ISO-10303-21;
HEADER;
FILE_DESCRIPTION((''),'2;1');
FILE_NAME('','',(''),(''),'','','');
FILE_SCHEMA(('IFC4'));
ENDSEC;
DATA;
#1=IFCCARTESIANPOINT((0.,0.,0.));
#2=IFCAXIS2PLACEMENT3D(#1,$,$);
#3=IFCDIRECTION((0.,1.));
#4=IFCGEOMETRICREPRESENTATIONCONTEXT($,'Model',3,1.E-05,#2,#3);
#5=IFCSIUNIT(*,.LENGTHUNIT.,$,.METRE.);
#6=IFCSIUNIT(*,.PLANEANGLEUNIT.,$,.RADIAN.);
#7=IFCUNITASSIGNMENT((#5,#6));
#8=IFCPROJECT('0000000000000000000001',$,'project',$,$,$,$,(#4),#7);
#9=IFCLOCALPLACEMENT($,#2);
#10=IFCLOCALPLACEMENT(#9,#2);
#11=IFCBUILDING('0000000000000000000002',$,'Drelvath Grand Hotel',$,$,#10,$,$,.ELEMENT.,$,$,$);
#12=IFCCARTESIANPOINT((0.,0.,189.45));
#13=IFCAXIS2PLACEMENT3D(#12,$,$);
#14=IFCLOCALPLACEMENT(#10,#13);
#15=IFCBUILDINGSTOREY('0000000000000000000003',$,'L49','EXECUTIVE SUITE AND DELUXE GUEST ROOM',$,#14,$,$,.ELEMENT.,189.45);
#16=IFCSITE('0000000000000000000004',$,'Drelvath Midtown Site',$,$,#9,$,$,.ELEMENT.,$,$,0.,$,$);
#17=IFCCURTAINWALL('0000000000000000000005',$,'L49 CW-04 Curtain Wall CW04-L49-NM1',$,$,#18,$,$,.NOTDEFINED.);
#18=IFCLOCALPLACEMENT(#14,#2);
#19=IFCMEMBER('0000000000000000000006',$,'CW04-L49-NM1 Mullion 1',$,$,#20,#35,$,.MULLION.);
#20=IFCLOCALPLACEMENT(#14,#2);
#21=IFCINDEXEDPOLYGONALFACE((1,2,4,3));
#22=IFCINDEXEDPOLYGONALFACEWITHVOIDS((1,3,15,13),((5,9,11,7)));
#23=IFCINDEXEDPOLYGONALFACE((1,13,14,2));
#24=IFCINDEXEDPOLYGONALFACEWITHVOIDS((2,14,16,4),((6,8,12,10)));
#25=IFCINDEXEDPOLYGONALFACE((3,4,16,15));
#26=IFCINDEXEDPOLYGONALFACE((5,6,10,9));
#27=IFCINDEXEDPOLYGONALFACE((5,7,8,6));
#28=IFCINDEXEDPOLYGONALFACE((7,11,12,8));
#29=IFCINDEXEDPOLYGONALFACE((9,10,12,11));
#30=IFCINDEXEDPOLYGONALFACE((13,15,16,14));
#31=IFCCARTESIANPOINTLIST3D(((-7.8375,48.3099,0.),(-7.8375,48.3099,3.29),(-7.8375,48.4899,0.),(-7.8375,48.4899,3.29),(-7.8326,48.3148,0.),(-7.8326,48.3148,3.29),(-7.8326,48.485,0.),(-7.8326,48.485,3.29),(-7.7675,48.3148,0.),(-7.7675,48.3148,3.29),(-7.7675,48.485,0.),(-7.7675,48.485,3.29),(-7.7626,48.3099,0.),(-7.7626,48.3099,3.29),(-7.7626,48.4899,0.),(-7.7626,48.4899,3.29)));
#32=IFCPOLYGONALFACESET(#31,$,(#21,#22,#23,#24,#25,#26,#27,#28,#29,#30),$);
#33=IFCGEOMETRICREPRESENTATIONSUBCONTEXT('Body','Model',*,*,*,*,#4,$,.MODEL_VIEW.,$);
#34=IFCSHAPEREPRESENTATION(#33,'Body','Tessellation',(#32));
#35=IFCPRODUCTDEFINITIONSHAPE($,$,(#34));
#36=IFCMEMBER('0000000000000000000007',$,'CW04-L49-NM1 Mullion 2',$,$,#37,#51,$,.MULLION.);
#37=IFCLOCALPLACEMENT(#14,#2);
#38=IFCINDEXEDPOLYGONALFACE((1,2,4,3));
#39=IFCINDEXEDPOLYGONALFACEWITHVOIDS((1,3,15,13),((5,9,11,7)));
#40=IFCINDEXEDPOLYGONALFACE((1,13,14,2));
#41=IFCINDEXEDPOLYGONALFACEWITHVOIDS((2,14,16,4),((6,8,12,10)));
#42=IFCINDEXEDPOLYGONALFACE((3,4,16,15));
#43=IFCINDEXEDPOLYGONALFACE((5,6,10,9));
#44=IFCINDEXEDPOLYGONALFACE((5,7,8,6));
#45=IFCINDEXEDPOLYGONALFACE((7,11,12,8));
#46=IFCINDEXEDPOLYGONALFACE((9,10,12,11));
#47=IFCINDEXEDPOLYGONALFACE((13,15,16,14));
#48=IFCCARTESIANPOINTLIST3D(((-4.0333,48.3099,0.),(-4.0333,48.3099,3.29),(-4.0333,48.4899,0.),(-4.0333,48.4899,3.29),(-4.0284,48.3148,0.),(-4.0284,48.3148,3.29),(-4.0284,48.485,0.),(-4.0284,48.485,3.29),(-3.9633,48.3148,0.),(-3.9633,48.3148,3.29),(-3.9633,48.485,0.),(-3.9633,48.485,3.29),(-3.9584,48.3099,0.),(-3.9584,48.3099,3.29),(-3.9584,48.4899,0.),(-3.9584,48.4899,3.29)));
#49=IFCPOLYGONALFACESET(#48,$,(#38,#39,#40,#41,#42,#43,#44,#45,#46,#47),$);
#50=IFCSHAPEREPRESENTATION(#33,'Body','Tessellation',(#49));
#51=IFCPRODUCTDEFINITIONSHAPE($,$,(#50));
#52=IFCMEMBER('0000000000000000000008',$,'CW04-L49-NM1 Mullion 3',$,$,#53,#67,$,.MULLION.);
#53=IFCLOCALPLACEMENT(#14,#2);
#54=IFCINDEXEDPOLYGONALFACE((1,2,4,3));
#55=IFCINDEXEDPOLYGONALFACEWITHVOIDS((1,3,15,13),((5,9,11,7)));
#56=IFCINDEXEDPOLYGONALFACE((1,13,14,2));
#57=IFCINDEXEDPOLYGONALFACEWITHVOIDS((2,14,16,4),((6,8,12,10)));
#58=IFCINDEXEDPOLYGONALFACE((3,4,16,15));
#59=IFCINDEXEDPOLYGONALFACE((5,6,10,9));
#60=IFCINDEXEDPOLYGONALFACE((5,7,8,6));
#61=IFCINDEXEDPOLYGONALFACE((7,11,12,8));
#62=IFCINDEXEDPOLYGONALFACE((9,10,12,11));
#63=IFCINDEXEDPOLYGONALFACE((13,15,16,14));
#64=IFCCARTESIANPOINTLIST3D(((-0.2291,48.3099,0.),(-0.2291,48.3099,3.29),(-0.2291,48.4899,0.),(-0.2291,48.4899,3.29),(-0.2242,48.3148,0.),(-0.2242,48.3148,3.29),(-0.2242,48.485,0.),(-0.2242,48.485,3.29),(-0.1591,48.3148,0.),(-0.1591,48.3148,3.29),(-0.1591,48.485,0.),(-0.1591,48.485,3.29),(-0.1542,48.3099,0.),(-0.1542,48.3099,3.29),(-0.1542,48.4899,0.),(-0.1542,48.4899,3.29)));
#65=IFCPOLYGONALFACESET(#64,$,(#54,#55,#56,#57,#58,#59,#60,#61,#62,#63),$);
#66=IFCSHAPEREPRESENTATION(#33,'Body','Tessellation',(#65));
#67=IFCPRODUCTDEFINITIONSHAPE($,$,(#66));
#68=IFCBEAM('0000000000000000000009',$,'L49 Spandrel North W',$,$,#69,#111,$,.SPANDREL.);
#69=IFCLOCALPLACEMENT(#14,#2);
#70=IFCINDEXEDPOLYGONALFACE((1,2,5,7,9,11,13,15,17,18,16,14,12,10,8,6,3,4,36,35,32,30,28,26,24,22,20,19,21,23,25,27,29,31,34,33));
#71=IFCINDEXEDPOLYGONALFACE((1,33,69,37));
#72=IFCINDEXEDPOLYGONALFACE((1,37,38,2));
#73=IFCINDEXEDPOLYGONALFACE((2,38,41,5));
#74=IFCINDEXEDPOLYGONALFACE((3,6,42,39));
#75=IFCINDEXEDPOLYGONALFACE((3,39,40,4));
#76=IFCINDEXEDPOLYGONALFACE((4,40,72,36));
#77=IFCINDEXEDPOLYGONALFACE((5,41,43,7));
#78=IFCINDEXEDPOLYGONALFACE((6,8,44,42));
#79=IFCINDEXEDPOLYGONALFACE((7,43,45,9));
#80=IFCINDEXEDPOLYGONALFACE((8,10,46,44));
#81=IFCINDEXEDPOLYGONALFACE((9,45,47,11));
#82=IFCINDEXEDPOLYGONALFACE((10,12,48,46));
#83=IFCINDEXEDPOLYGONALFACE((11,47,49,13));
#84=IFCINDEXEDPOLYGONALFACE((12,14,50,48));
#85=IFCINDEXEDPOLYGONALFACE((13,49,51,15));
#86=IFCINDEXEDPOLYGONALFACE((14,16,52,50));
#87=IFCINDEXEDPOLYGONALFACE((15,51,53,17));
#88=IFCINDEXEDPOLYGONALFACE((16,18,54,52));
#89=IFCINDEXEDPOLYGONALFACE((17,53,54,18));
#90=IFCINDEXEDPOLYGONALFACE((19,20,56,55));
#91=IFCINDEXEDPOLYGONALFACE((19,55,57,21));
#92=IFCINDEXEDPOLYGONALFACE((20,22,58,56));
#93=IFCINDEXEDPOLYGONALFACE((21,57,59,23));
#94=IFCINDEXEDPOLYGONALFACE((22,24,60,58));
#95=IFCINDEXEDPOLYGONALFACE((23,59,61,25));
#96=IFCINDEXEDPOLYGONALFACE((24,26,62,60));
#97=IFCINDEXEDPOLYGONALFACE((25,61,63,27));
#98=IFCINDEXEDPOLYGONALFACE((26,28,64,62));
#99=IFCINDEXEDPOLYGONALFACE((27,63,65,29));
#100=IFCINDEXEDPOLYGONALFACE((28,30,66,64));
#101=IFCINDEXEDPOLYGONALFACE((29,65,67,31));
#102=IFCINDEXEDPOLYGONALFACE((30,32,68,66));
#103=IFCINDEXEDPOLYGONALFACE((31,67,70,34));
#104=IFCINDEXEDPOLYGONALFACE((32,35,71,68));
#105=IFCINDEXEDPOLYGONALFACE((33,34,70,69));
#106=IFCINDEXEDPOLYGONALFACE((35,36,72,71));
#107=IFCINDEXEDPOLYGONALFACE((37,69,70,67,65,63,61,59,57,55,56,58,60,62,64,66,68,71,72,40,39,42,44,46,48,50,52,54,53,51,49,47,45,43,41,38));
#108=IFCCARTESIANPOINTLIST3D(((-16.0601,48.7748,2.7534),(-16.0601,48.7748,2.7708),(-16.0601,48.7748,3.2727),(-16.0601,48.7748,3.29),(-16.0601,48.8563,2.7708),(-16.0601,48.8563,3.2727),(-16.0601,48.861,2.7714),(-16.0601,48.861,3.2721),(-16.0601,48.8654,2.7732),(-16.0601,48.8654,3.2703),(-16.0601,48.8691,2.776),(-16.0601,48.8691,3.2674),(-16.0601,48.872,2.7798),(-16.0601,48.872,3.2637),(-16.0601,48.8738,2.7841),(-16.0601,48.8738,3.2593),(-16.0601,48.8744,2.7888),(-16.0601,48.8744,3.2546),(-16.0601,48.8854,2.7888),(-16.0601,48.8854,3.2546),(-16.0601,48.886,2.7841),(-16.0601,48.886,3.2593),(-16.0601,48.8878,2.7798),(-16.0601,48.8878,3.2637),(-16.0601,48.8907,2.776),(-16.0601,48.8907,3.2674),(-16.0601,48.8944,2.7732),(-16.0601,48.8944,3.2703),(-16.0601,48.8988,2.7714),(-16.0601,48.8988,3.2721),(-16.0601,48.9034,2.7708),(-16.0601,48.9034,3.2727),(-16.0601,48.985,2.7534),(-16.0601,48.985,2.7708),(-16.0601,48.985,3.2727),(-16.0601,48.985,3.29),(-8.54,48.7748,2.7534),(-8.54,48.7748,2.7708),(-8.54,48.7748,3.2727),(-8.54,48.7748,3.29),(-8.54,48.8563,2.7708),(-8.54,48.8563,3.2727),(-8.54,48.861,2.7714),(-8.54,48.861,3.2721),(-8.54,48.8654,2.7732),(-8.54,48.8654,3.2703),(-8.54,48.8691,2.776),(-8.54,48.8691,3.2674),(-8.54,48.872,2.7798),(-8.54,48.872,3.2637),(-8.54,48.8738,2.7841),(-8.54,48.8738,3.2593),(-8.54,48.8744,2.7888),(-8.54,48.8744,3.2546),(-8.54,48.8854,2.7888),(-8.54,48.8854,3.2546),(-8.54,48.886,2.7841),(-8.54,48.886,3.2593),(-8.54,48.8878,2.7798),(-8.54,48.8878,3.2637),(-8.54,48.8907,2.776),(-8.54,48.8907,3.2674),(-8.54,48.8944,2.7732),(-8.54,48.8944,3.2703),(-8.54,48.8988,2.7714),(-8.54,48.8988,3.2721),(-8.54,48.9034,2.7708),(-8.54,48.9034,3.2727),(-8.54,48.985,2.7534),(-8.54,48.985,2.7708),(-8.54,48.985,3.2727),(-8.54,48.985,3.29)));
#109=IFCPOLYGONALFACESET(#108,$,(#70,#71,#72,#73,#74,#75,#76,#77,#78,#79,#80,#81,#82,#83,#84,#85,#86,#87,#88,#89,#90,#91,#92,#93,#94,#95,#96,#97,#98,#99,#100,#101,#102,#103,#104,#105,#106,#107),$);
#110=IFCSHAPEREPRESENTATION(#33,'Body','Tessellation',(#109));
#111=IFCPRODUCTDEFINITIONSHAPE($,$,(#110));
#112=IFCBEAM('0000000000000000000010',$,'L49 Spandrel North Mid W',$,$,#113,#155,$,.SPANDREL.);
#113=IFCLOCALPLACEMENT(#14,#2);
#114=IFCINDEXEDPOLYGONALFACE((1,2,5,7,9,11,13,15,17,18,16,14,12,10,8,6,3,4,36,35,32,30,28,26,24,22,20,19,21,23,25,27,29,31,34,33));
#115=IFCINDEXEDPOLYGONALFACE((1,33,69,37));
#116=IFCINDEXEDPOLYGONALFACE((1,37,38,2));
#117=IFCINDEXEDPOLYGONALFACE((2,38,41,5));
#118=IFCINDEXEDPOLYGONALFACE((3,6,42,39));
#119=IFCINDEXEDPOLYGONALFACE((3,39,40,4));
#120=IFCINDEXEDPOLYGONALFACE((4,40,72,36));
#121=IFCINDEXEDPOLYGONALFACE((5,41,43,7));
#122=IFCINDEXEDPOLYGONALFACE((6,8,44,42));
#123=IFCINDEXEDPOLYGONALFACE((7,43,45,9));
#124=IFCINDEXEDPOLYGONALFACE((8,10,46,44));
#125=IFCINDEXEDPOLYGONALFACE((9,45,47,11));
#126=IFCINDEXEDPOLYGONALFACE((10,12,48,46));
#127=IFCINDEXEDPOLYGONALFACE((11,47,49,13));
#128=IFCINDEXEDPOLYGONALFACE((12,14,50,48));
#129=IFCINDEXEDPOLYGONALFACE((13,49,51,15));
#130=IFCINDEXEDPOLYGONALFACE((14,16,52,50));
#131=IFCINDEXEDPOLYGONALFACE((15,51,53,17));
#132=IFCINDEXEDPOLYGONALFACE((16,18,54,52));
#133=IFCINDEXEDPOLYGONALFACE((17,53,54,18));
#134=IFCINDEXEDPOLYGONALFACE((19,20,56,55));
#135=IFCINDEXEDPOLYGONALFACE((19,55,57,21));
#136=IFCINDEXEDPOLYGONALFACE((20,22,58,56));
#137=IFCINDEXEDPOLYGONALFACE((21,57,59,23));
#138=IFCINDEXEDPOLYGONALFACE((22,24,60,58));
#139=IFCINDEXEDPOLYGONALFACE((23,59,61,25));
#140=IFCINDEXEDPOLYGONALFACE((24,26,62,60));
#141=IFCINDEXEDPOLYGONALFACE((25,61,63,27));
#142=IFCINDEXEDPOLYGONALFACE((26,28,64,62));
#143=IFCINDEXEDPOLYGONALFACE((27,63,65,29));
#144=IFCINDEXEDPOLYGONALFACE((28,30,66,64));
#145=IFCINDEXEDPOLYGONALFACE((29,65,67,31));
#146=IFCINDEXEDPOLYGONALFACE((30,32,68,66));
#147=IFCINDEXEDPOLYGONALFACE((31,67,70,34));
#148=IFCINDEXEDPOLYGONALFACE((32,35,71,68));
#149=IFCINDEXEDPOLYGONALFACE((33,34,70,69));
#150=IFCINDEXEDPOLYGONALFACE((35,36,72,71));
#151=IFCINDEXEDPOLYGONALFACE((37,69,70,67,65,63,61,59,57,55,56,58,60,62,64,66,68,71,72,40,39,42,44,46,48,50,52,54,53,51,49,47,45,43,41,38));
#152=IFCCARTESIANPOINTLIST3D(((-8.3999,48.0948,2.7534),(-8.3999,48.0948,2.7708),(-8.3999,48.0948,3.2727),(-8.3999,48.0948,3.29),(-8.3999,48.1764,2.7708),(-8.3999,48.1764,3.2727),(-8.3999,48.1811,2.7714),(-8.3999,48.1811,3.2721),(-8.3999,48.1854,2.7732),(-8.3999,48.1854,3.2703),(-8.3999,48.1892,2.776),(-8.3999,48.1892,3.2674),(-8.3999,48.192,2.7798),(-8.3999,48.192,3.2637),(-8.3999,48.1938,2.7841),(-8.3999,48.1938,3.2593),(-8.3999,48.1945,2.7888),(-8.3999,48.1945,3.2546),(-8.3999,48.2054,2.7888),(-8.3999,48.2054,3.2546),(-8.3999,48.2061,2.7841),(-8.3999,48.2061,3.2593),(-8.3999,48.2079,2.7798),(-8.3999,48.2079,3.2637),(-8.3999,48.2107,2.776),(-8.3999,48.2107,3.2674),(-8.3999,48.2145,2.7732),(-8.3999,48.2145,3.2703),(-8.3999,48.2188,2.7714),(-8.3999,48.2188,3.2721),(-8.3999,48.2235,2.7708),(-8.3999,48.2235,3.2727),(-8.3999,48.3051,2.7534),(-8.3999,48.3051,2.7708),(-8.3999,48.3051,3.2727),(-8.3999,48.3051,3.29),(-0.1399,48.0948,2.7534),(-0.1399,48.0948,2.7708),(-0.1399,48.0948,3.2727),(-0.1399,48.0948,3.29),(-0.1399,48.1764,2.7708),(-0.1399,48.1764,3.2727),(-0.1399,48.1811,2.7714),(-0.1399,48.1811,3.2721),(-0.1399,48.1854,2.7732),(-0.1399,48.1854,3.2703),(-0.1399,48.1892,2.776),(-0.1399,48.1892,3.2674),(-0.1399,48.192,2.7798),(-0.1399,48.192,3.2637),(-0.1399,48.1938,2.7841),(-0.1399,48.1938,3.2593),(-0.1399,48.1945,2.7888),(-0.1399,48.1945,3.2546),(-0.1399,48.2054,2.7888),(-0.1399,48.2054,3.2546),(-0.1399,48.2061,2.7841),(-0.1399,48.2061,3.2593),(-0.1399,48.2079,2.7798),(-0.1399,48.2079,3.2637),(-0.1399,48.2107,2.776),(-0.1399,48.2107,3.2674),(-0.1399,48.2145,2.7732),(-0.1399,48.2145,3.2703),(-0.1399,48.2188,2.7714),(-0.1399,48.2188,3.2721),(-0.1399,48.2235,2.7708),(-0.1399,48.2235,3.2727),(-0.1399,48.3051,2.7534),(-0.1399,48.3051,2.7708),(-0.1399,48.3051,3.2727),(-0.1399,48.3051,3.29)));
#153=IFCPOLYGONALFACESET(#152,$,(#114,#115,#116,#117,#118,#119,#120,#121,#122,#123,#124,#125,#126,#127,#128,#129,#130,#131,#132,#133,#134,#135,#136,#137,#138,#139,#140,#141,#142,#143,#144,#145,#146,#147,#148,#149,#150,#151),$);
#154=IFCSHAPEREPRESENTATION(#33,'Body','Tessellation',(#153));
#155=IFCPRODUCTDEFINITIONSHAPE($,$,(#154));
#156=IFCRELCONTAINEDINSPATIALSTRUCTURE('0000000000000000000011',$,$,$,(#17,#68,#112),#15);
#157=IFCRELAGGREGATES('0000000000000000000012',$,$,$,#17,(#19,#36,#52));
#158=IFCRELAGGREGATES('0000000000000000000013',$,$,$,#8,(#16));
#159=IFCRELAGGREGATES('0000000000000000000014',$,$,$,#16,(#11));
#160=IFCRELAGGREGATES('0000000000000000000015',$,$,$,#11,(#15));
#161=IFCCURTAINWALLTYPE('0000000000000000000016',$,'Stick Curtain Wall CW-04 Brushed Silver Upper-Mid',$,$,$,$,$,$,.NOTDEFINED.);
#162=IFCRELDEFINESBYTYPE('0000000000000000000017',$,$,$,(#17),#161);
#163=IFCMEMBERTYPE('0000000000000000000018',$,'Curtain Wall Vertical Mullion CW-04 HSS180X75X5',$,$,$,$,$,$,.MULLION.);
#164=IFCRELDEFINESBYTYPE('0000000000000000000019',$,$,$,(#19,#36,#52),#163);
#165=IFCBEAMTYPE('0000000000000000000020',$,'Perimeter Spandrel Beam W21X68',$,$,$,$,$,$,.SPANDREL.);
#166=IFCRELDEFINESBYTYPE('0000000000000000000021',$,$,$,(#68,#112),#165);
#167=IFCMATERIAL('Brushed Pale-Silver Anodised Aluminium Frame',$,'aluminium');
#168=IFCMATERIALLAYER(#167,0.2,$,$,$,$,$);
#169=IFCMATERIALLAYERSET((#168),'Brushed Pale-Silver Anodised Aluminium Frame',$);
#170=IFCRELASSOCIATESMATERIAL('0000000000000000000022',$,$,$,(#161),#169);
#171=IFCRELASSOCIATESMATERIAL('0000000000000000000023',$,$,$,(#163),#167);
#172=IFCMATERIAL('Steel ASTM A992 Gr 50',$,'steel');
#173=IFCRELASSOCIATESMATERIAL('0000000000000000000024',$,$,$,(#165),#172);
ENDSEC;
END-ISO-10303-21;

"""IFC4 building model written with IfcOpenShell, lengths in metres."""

from ifc_helpers import new_model, si_unit, direction, frame, origin, origin_2d, place, context, subcontext, project, spatial, hollow_rectangle, i_section, extrude, material, layer, layer_set, material_profile, profile_set, type_object, element, aggregate, save


model = new_model("IFC4")

# Units and contexts
model_context = context("Model", 3, precision=1e-05, world=origin(), true_north=direction((0.0, 1.0)))
body_context = subcontext(model_context, "Body", "Model", "MODEL_VIEW")
ifc_project = project(units=[si_unit("LENGTHUNIT", "METRE"), si_unit("PLANEANGLEUNIT", "RADIAN")], contexts=[model_context])

# Site, building, storey
site_placement = place(None, origin())
site = spatial("IfcSite", under=ifc_project, at=site_placement, Name="Drelvath Midtown Site", CompositionType="ELEMENT", RefElevation=0.0)
building_placement = place(site_placement, origin())
building = spatial("IfcBuilding", under=site, at=building_placement, Name="Drelvath Grand Hotel", CompositionType="ELEMENT")
storey_placement = place(building_placement, frame((0.0, 0.0, 189.45)))
storey = spatial("IfcBuildingStorey", under=building, at=storey_placement, Name="L49", Description="EXECUTIVE SUITE AND DELUXE GUEST ROOM", CompositionType="ELEMENT", Elevation=189.45)

# Curtain wall
ifc_material_1 = material(Name="Brushed Pale-Silver Anodised Aluminium Frame", Category="aluminium")
ifc_layer_1 = layer(ifc_material_1, 0.2)
ifc_layer_set_1 = layer_set([ifc_layer_1], Name="Brushed Pale-Silver Anodised Aluminium Frame")
curtain_wall_type = type_object("IfcCurtainWallType", Name="Stick Curtain Wall CW-04 Brushed Silver Upper-Mid", PredefinedType="NOTDEFINED", material=ifc_layer_set_1)
curtain_wall_1_placement = place(storey_placement, origin())
curtain_wall_1 = element("IfcCurtainWall", 1, at=curtain_wall_1_placement, inside=storey, type_object=curtain_wall_type, Name="L49 CW-04 Curtain Wall CW04-L49-NM1", PredefinedType="NOTDEFINED")

# Members
ifc_material_profile_1 = material_profile(ifc_material_1, hollow_rectangle(XDim=0.075, YDim=0.1799, WallThickness=0.0049, at=origin_2d()), Name="HSS180X75X5")
ifc_profile_set_1 = profile_set([ifc_material_profile_1], Name="Brushed Pale-Silver Anodised Aluminium Frame")
member_type_1 = type_object("IfcMemberType", Name="Curtain Wall Vertical Mullion CW-04 HSS180X75X5", PredefinedType="MULLION", material=ifc_profile_set_1)
member_1_placement = place(storey_placement, frame((-7.8, 48.3999, 0.0), z_axis=(0.0, 0.0, 1.0), x_axis=(1.0, 0.0, 0.0)))
member_1 = element("IfcMember", 2, at=member_1_placement, type_object=member_type_1, Name="CW04-L49-NM1 Mullion 1", PredefinedType="MULLION", context=body_context, shape_type="SweptSolid", body=[
    extrude(hollow_rectangle(XDim=0.075, YDim=0.1799, WallThickness=0.0049, at=origin_2d()), origin(), (0.0, 0.0, 1.0), 3.29),
])
member_2_placement = place(storey_placement, frame((-3.9958, 48.3999, 0.0), z_axis=(0.0, 0.0, 1.0), x_axis=(1.0, 0.0, 0.0)))
member_2 = element("IfcMember", 3, at=member_2_placement, type_object=member_type_1, Name="CW04-L49-NM1 Mullion 2", PredefinedType="MULLION", context=body_context, shape_type="SweptSolid", body=[
    extrude(hollow_rectangle(XDim=0.075, YDim=0.1799, WallThickness=0.0049, at=origin_2d()), origin(), (0.0, 0.0, 1.0), 3.29),
])
member_3_placement = place(storey_placement, frame((-0.1917, 48.3999, 0.0), z_axis=(0.0, 0.0, 1.0), x_axis=(1.0, 0.0, 0.0)))
member_3 = element("IfcMember", 4, at=member_3_placement, type_object=member_type_1, Name="CW04-L49-NM1 Mullion 3", PredefinedType="MULLION", context=body_context, shape_type="SweptSolid", body=[
    extrude(hollow_rectangle(XDim=0.075, YDim=0.1799, WallThickness=0.0049, at=origin_2d()), origin(), (0.0, 0.0, 1.0), 3.29),
])

# Beams
ifc_material_2 = material(Name="Steel ASTM A992 Gr 50", Category="steel")
ifc_material_profile_2 = material_profile(ifc_material_2, i_section(OverallWidth=0.2102, OverallDepth=0.5366, WebThickness=0.011, FlangeThickness=0.0173, FilletRadius=0.0181, at=origin_2d()), Name="W21X68")
ifc_profile_set_2 = profile_set([ifc_material_profile_2], Name="Steel ASTM A992 Gr 50")
beam_type_1 = type_object("IfcBeamType", Name="Perimeter Spandrel Beam W21X68", PredefinedType="SPANDREL", material=ifc_profile_set_2)
beam_1_placement = place(storey_placement, frame((-16.0601, 48.8799, 3.0217), z_axis=(1.0, 0.0, 0.0), x_axis=(0.0, 1.0, 0.0)))
element("IfcBeam", 5, at=beam_1_placement, inside=storey, type_object=beam_type_1, Name="L49 Spandrel North W", PredefinedType="SPANDREL", context=body_context, shape_type="SweptSolid", body=[
    extrude(i_section(OverallWidth=0.2102, OverallDepth=0.5366, WebThickness=0.011, FlangeThickness=0.0173, FilletRadius=0.0181, at=origin_2d()), origin(), (0.0, 0.0, 1.0), 7.52),
])
beam_2_placement = place(storey_placement, frame((-8.3999, 48.2, 3.0217), z_axis=(1.0, 0.0, 0.0), x_axis=(0.0, 1.0, 0.0)))
element("IfcBeam", 6, at=beam_2_placement, inside=storey, type_object=beam_type_1, Name="L49 Spandrel North Mid W", PredefinedType="SPANDREL", context=body_context, shape_type="SweptSolid", body=[
    extrude(i_section(OverallWidth=0.2102, OverallDepth=0.5366, WebThickness=0.011, FlangeThickness=0.0173, FilletRadius=0.0181, at=origin_2d()), origin(), (0.0, 0.0, 1.0), 8.26),
])

aggregate(curtain_wall_1, [member_1, member_2, member_3])

save(model, "model.ifc")
